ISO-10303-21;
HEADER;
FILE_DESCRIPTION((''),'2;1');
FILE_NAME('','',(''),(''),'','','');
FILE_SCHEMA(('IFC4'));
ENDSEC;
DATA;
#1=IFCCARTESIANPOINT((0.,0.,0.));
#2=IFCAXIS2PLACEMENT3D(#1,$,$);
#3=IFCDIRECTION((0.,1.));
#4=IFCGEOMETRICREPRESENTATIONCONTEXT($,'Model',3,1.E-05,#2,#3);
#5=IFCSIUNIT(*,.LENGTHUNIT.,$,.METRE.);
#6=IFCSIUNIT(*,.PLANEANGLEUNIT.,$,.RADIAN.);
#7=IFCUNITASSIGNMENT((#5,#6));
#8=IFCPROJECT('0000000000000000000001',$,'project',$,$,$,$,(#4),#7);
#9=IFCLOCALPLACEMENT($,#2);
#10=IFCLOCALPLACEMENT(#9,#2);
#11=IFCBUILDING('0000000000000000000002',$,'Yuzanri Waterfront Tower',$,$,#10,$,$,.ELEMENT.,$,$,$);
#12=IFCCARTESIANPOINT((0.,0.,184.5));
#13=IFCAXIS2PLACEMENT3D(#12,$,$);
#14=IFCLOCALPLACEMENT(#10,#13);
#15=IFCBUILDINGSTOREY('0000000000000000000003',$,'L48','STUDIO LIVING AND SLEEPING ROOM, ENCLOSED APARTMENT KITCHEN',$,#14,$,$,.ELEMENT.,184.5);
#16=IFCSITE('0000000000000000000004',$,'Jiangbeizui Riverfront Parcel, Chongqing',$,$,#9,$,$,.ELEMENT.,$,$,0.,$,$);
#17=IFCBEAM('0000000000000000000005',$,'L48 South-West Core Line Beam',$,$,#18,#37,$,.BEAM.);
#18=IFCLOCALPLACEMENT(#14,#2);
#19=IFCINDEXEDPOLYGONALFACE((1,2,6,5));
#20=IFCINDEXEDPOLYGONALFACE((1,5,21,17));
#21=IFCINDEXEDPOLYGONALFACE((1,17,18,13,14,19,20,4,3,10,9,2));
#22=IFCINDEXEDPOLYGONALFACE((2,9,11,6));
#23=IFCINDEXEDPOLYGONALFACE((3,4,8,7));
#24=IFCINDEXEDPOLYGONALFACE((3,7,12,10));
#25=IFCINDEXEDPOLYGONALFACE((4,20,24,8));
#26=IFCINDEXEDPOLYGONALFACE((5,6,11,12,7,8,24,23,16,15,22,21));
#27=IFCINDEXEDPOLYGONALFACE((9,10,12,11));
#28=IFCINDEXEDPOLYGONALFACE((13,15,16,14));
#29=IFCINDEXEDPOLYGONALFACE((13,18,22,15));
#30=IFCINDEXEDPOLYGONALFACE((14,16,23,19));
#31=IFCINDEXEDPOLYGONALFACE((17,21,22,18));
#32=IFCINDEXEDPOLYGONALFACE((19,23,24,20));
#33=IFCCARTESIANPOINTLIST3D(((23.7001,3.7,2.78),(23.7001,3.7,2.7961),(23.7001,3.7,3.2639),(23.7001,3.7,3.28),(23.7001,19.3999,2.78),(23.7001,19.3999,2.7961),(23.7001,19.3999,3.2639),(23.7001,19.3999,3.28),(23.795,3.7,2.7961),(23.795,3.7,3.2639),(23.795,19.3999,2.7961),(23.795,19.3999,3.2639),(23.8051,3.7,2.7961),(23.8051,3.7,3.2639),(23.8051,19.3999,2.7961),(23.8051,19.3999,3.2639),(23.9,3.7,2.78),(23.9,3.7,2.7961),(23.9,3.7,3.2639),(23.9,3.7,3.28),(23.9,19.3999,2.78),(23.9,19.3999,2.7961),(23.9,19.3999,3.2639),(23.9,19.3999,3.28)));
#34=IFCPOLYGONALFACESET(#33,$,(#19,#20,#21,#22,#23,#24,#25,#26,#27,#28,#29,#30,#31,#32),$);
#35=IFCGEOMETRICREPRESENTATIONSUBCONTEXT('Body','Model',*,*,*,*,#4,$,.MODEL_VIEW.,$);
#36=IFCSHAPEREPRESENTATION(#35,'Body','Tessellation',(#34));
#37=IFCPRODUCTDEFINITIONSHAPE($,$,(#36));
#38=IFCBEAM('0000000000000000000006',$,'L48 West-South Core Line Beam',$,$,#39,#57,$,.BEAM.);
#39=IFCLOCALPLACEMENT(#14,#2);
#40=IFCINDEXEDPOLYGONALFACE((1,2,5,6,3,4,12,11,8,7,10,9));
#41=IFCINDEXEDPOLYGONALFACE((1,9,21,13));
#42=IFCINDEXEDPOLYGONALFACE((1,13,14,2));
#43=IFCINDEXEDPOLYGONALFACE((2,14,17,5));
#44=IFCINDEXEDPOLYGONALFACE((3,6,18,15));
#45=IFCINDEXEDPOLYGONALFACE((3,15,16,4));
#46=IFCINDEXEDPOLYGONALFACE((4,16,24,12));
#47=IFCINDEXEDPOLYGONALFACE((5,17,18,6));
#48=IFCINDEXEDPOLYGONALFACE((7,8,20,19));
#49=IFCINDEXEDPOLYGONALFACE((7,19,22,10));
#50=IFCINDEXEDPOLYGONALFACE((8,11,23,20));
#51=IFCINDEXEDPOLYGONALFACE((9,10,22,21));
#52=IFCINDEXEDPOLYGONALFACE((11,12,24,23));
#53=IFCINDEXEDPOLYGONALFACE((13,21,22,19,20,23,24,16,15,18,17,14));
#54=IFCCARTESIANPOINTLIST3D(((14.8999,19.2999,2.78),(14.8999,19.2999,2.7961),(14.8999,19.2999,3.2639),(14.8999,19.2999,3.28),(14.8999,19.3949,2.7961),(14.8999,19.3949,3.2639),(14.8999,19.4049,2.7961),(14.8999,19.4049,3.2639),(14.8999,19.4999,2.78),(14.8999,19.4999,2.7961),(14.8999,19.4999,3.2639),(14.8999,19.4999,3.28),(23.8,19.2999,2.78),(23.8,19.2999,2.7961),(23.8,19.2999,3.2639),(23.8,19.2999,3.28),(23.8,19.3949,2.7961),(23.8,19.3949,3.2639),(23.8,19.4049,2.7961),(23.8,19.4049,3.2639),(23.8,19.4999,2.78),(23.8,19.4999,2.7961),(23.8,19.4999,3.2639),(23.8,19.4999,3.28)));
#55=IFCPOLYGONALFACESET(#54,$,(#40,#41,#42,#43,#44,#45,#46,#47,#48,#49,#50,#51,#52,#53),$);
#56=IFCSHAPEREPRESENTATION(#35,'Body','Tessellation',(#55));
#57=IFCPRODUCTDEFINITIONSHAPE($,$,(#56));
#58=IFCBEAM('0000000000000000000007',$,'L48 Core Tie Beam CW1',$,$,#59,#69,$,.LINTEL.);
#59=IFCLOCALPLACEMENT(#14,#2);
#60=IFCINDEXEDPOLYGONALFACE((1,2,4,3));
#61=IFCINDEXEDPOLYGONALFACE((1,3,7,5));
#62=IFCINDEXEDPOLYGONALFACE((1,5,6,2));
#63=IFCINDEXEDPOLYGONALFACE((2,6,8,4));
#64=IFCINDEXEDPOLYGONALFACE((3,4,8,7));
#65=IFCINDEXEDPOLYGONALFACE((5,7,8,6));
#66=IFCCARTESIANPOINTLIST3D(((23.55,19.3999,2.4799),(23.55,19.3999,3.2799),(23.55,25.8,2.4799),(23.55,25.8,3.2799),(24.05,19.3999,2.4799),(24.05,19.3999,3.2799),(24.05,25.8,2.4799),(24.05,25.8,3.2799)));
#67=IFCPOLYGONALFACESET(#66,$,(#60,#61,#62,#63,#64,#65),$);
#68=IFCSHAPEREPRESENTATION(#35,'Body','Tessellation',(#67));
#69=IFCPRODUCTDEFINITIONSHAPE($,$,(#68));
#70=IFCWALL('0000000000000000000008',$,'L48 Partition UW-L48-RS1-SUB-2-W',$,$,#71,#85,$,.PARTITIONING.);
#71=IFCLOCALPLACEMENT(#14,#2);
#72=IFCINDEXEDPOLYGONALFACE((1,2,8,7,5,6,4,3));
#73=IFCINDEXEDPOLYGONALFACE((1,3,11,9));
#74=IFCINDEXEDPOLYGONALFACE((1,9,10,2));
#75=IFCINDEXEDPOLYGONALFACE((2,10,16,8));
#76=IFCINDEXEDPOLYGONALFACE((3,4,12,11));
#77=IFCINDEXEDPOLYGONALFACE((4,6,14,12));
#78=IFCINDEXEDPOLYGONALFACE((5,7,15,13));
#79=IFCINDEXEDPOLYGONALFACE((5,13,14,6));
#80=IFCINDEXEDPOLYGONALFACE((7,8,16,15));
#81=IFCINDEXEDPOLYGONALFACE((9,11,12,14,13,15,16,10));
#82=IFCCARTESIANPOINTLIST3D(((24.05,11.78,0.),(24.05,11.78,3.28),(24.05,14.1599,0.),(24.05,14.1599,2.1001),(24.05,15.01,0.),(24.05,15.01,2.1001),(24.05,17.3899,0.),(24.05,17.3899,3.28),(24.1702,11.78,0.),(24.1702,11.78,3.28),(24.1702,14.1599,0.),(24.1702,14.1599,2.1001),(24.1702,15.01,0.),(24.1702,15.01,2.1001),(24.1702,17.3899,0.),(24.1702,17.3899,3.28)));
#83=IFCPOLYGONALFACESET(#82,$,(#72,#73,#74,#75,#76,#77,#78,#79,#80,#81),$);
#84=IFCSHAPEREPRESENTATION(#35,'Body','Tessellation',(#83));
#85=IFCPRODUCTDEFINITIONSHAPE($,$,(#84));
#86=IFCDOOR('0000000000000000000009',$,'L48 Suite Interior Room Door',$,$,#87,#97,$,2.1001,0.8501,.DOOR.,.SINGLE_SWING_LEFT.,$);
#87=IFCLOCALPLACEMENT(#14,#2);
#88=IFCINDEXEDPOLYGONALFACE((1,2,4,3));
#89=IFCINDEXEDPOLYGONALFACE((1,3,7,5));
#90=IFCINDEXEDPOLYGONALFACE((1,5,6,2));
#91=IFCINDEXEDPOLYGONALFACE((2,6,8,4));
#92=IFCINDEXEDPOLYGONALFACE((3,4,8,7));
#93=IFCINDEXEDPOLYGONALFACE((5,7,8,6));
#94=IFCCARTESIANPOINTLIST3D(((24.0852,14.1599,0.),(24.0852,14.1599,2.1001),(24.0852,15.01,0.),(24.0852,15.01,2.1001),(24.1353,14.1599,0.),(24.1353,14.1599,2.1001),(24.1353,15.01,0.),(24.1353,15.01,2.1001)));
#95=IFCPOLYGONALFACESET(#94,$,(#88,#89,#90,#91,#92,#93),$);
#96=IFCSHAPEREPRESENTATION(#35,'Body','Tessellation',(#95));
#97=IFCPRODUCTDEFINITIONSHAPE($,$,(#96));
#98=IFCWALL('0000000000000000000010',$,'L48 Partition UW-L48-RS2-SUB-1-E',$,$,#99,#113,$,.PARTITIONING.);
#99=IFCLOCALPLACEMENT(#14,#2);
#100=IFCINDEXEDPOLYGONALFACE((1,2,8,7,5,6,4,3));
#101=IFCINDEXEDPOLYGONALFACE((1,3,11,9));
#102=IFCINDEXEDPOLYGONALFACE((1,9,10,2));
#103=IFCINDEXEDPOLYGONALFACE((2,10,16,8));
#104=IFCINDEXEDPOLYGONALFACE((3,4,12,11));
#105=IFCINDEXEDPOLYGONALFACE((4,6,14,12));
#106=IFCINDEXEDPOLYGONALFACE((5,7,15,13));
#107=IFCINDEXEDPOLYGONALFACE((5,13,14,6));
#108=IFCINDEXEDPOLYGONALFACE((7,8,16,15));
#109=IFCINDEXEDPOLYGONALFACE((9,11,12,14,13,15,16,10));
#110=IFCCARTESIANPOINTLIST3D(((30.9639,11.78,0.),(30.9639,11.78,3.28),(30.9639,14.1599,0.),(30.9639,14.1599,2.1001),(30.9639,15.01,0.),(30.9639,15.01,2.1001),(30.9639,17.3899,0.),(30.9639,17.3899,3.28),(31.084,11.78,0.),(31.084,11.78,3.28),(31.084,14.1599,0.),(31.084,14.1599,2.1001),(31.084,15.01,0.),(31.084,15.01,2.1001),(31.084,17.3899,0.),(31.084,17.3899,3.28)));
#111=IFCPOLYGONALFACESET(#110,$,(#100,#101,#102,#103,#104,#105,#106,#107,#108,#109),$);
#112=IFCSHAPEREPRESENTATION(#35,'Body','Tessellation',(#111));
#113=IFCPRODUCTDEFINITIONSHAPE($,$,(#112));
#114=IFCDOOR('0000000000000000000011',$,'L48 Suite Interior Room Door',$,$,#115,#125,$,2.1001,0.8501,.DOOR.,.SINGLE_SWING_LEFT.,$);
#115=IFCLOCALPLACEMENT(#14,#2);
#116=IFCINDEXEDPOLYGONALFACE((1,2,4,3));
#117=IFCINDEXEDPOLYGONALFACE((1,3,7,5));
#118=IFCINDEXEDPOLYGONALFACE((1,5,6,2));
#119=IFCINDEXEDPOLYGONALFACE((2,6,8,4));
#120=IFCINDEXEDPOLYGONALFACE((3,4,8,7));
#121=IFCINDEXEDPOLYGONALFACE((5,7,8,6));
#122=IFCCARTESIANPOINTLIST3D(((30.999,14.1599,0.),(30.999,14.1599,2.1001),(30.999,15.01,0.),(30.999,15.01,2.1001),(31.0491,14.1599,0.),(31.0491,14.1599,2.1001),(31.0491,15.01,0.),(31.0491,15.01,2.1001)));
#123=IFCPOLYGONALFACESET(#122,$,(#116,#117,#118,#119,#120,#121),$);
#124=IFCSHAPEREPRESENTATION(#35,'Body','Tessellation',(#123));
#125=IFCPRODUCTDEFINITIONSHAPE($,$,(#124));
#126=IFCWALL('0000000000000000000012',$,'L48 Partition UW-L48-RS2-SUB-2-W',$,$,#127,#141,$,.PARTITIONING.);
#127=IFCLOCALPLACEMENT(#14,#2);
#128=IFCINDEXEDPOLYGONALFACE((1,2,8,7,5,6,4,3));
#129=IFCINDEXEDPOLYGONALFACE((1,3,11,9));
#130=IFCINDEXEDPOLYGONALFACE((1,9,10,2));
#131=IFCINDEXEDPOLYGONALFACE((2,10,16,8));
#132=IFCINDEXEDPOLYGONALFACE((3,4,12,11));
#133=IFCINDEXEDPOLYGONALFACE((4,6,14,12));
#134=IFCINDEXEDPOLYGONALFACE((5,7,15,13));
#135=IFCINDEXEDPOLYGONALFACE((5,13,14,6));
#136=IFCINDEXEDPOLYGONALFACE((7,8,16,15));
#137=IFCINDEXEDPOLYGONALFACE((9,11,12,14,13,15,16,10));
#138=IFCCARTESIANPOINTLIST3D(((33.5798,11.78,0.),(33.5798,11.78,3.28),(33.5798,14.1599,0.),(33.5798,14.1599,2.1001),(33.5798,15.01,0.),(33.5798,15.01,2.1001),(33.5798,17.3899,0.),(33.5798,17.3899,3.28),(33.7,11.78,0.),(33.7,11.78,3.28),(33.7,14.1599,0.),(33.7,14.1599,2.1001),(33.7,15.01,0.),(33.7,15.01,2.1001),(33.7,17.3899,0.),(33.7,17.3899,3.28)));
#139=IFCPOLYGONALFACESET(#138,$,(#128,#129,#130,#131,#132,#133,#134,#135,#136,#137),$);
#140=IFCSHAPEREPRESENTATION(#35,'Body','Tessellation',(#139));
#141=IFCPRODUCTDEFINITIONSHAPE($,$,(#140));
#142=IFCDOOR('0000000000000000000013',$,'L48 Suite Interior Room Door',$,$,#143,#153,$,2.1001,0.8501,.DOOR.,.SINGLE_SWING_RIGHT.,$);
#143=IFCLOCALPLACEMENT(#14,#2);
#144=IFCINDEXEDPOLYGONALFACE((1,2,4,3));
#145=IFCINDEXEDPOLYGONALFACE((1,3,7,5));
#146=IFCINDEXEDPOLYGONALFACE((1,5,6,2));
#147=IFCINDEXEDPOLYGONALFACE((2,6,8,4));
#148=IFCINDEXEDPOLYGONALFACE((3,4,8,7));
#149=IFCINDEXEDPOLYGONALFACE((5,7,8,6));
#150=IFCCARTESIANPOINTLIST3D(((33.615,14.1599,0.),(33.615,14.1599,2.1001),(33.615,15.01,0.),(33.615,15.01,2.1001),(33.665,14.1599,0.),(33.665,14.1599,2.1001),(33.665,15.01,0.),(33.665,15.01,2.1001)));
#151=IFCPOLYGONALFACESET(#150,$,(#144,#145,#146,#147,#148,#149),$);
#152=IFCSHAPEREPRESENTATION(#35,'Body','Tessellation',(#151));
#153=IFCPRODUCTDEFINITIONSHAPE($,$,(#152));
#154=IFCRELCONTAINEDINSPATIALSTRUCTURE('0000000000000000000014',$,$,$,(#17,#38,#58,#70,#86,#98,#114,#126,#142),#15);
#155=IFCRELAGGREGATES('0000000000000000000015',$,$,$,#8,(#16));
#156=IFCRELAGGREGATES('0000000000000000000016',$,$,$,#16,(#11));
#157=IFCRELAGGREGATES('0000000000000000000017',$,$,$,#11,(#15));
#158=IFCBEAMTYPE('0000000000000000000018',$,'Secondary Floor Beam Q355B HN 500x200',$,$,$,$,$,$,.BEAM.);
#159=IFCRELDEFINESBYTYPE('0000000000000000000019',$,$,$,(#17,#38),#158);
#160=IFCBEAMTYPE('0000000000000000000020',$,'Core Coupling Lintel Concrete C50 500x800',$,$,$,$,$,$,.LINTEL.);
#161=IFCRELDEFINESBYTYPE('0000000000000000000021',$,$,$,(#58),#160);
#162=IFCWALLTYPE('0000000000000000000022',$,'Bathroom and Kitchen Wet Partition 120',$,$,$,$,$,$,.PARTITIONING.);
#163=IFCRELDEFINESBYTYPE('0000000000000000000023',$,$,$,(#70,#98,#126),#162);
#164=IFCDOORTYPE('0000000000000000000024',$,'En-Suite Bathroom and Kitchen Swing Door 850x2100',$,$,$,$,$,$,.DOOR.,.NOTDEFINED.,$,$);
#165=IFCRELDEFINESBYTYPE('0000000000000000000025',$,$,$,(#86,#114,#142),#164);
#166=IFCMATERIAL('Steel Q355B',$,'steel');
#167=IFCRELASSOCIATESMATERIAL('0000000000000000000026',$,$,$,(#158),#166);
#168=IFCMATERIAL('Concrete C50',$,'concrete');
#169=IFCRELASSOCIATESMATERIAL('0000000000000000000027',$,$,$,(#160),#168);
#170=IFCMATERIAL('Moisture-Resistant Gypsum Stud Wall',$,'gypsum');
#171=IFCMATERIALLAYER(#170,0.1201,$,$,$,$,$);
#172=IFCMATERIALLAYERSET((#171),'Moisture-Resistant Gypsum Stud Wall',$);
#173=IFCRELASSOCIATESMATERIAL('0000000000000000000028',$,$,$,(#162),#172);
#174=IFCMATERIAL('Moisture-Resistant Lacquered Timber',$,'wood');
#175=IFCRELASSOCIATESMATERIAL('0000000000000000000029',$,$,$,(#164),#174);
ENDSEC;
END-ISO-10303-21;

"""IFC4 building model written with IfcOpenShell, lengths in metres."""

from ifc_helpers import new_model, si_unit, direction, frame, frame_2d, origin, origin_2d, place, context, subcontext, project, spatial, rectangle, i_section, extrude, source, transform, mapped, material, layer, layer_set, material_profile, profile_set, type_object, element, fill, save


model = new_model("IFC4")

# Units and contexts
model_context = context("Model", 3, precision=1e-05, world=origin(), true_north=direction((0.0, 1.0)))
body_context = subcontext(model_context, "Body", "Model", "MODEL_VIEW")
ifc_project = project(units=[si_unit("LENGTHUNIT", "METRE"), si_unit("PLANEANGLEUNIT", "RADIAN")], contexts=[model_context])

# Site, building, storey
site_placement = place(None, origin())
site = spatial("IfcSite", under=ifc_project, at=site_placement, Name="Jiangbeizui Riverfront Parcel, Chongqing", CompositionType="ELEMENT", RefElevation=0.0)
building_placement = place(site_placement, origin())
building = spatial("IfcBuilding", under=site, at=building_placement, Name="Yuzanri Waterfront Tower", CompositionType="ELEMENT")
storey_placement = place(building_placement, frame((0.0, 0.0, 184.5)))
storey = spatial("IfcBuildingStorey", under=building, at=storey_placement, Name="L48", Description="STUDIO LIVING AND SLEEPING ROOM, ENCLOSED APARTMENT KITCHEN", CompositionType="ELEMENT", Elevation=184.5)

# Beams
ifc_material_1 = material(Name="Steel Q355B", Category="steel")
ifc_material_profile_1 = material_profile(ifc_material_1, i_section(OverallWidth=0.2, OverallDepth=0.5, WebThickness=0.01, FlangeThickness=0.0161, at=origin_2d()), Name="HN 500x200x10x16")
ifc_profile_set_1 = profile_set([ifc_material_profile_1], Name="Steel Q355B")
beam_type_1 = type_object("IfcBeamType", Name="Secondary Floor Beam Q355B HN 500x200", PredefinedType="BEAM", material=ifc_profile_set_1)
shared_shape_1 = source(origin(), body_context, "Body", "SweptSolid", [
    extrude(i_section(OverallWidth=0.2, OverallDepth=0.5, WebThickness=0.01, FlangeThickness=0.0161, at=origin_2d()), origin(), (0.0, 0.0, 1.0), 15.7),
])
beam_1_placement = place(storey_placement, frame((23.8, 19.3999, 3.03), z_axis=(0.0, -1.0, 0.0), x_axis=(1.0, 0.0, 0.0)))
element("IfcBeam", 1, at=beam_1_placement, inside=storey, type_object=beam_type_1, Name="L48 South-West Core Line Beam", PredefinedType="BEAM", context=body_context, shape_type="MappedRepresentation", body=[
    mapped(shared_shape_1, transform((0.0, 0.0, 0.0), scale=1.0)),
])
shared_shape_2 = source(origin(), body_context, "Body", "SweptSolid", [
    extrude(i_section(OverallWidth=0.2, OverallDepth=0.5, WebThickness=0.01, FlangeThickness=0.0161, at=origin_2d()), origin(), (0.0, 0.0, 1.0), 8.9001),
])
beam_2_placement = place(storey_placement, frame((23.8, 19.3999, 3.03), z_axis=(-1.0, 0.0, 0.0), x_axis=(0.0, -1.0, 0.0)))
element("IfcBeam", 2, at=beam_2_placement, inside=storey, type_object=beam_type_1, Name="L48 West-South Core Line Beam", PredefinedType="BEAM", context=body_context, shape_type="MappedRepresentation", body=[
    mapped(shared_shape_2, transform((0.0, 0.0, 0.0), scale=1.0)),
])
ifc_material_2 = material(Name="Concrete C50", Category="concrete")
ifc_material_profile_2 = material_profile(ifc_material_2, rectangle(XDim=0.5, YDim=0.8, at=origin_2d()), Name="RC 500x800")
ifc_profile_set_2 = profile_set([ifc_material_profile_2], Name="Concrete C50")
beam_type_2 = type_object("IfcBeamType", Name="Core Coupling Lintel Concrete C50 500x800", PredefinedType="LINTEL", material=ifc_profile_set_2)
shared_shape_3 = source(origin(), body_context, "Body", "SweptSolid", [
    extrude(rectangle(XDim=0.5, YDim=0.8, at=origin_2d()), origin(), (0.0, 0.0, 1.0), 6.4001),
])
beam_3_placement = place(storey_placement, frame((23.8, 19.3999, 2.8799), z_axis=(0.0, 1.0, 0.0), x_axis=(-1.0, 0.0, 0.0)))
element("IfcBeam", 3, at=beam_3_placement, inside=storey, type_object=beam_type_2, Name="L48 Core Tie Beam CW1", PredefinedType="LINTEL", context=body_context, shape_type="MappedRepresentation", body=[
    mapped(shared_shape_3, transform((0.0, 0.0, 0.0), scale=1.0)),
])

# Walls, openings, doors
ifc_material_3 = material(Name="Moisture-Resistant Gypsum Stud Wall", Category="gypsum")
ifc_layer_1 = layer(ifc_material_3, 0.1201)
ifc_layer_set_1 = layer_set([ifc_layer_1], Name="Moisture-Resistant Gypsum Stud Wall")
wall_type_1 = type_object("IfcWallType", Name="Bathroom and Kitchen Wet Partition 120", PredefinedType="PARTITIONING", material=ifc_layer_set_1)
wall_1_placement = place(storey_placement, frame((24.1101, 11.78, 0.0), z_axis=(0.0, 0.0, 1.0), x_axis=(0.0, 1.0, 0.0)))
wall_1 = element("IfcWall", 4, at=wall_1_placement, inside=storey, type_object=wall_type_1, Name="L48 Partition UW-L48-RS1-SUB-2-W", PredefinedType="PARTITIONING", context=body_context, shape_type="SweptSolid", body=[
    extrude(rectangle(XDim=5.6099, YDim=0.1201, at=frame_2d((2.8049, 0.0))), origin(), (0.0, 0.0, 1.0), 3.28),
])
opening_1_placement = place(wall_1_placement, frame((2.3799, 0.0, 0.0)))
opening_1 = element("IfcOpeningElement", 5, at=opening_1_placement, cuts=wall_1, PredefinedType="OPENING", context=body_context, shape_type="SweptSolid", body=[
    extrude(rectangle(XDim=0.8501, YDim=2.1001, at=frame_2d((0.425, 1.05))), frame((0.0, 0.075, 0.0), z_axis=(0.0, -1.0, 0.0), x_axis=(1.0, 0.0, 0.0)), (0.0, 0.0, 1.0), 0.1499),
])
ifc_material_4 = material(Name="Moisture-Resistant Lacquered Timber", Category="wood")
door_type_1 = type_object("IfcDoorType", Name="En-Suite Bathroom and Kitchen Swing Door 850x2100", OperationType="NOTDEFINED", PredefinedType="DOOR", material=ifc_material_4)
shared_shape_4 = source(origin(), body_context, "Body", "SweptSolid", [
    extrude(rectangle(XDim=0.8501, YDim=2.1001, at=frame_2d((0.425, 1.05))), frame((0.0, 0.0249, 0.0), z_axis=(0.0, -1.0, 0.0), x_axis=(1.0, 0.0, 0.0)), (0.0, 0.0, 1.0), 0.05),
])
door_1_placement = place(opening_1_placement, origin())
door_1 = element("IfcDoor", 6, at=door_1_placement, inside=storey, type_object=door_type_1, Name="L48 Suite Interior Room Door", OperationType="SINGLE_SWING_LEFT", OverallHeight=2.1001, OverallWidth=0.8501, PredefinedType="DOOR", context=body_context, shape_type="MappedRepresentation", body=[
    mapped(shared_shape_4, transform((0.0, 0.0, 0.0), scale=1.0)),
])
fill(opening_1, door_1)
wall_2_placement = place(storey_placement, frame((31.0239, 11.78, 0.0), z_axis=(0.0, 0.0, 1.0), x_axis=(0.0, 1.0, 0.0)))
wall_2 = element("IfcWall", 7, at=wall_2_placement, inside=storey, type_object=wall_type_1, Name="L48 Partition UW-L48-RS2-SUB-1-E", PredefinedType="PARTITIONING", context=body_context, shape_type="SweptSolid", body=[
    extrude(rectangle(XDim=5.6099, YDim=0.1201, at=frame_2d((2.8049, 0.0))), origin(), (0.0, 0.0, 1.0), 3.28),
])
opening_2_placement = place(wall_2_placement, frame((2.3799, 0.0, 0.0)))
opening_2 = element("IfcOpeningElement", 8, at=opening_2_placement, cuts=wall_2, PredefinedType="OPENING", context=body_context, shape_type="SweptSolid", body=[
    extrude(rectangle(XDim=0.8501, YDim=2.1001, at=frame_2d((0.425, 1.05))), frame((0.0, 0.075, 0.0), z_axis=(0.0, -1.0, 0.0), x_axis=(1.0, 0.0, 0.0)), (0.0, 0.0, 1.0), 0.1499),
])
door_2_placement = place(opening_2_placement, origin())
door_2 = element("IfcDoor", 9, at=door_2_placement, inside=storey, type_object=door_type_1, Name="L48 Suite Interior Room Door", OperationType="SINGLE_SWING_LEFT", OverallHeight=2.1001, OverallWidth=0.8501, PredefinedType="DOOR", context=body_context, shape_type="MappedRepresentation", body=[
    mapped(shared_shape_4, transform((0.0, 0.0, 0.0), scale=1.0)),
])
fill(opening_2, door_2)
wall_3_placement = place(storey_placement, frame((33.6399, 11.78, 0.0), z_axis=(0.0, 0.0, 1.0), x_axis=(0.0, 1.0, 0.0)))
wall_3 = element("IfcWall", 10, at=wall_3_placement, inside=storey, type_object=wall_type_1, Name="L48 Partition UW-L48-RS2-SUB-2-W", PredefinedType="PARTITIONING", context=body_context, shape_type="SweptSolid", body=[
    extrude(rectangle(XDim=5.6099, YDim=0.1201, at=frame_2d((2.8049, 0.0))), origin(), (0.0, 0.0, 1.0), 3.28),
])
opening_3_placement = place(wall_3_placement, frame((2.3799, 0.0, 0.0)))
opening_3 = element("IfcOpeningElement", 11, at=opening_3_placement, cuts=wall_3, PredefinedType="OPENING", context=body_context, shape_type="SweptSolid", body=[
    extrude(rectangle(XDim=0.8501, YDim=2.1001, at=frame_2d((0.425, 1.05))), frame((0.0, 0.075, 0.0), z_axis=(0.0, -1.0, 0.0), x_axis=(1.0, 0.0, 0.0)), (0.0, 0.0, 1.0), 0.1499),
])
door_3_placement = place(opening_3_placement, origin())
door_3 = element("IfcDoor", 12, at=door_3_placement, inside=storey, type_object=door_type_1, Name="L48 Suite Interior Room Door", OperationType="SINGLE_SWING_RIGHT", OverallHeight=2.1001, OverallWidth=0.8501, PredefinedType="DOOR", context=body_context, shape_type="MappedRepresentation", body=[
    mapped(shared_shape_4, transform((0.0, 0.0, 0.0), scale=1.0)),
])
fill(opening_3, door_3)

save(model, "model.ifc")
